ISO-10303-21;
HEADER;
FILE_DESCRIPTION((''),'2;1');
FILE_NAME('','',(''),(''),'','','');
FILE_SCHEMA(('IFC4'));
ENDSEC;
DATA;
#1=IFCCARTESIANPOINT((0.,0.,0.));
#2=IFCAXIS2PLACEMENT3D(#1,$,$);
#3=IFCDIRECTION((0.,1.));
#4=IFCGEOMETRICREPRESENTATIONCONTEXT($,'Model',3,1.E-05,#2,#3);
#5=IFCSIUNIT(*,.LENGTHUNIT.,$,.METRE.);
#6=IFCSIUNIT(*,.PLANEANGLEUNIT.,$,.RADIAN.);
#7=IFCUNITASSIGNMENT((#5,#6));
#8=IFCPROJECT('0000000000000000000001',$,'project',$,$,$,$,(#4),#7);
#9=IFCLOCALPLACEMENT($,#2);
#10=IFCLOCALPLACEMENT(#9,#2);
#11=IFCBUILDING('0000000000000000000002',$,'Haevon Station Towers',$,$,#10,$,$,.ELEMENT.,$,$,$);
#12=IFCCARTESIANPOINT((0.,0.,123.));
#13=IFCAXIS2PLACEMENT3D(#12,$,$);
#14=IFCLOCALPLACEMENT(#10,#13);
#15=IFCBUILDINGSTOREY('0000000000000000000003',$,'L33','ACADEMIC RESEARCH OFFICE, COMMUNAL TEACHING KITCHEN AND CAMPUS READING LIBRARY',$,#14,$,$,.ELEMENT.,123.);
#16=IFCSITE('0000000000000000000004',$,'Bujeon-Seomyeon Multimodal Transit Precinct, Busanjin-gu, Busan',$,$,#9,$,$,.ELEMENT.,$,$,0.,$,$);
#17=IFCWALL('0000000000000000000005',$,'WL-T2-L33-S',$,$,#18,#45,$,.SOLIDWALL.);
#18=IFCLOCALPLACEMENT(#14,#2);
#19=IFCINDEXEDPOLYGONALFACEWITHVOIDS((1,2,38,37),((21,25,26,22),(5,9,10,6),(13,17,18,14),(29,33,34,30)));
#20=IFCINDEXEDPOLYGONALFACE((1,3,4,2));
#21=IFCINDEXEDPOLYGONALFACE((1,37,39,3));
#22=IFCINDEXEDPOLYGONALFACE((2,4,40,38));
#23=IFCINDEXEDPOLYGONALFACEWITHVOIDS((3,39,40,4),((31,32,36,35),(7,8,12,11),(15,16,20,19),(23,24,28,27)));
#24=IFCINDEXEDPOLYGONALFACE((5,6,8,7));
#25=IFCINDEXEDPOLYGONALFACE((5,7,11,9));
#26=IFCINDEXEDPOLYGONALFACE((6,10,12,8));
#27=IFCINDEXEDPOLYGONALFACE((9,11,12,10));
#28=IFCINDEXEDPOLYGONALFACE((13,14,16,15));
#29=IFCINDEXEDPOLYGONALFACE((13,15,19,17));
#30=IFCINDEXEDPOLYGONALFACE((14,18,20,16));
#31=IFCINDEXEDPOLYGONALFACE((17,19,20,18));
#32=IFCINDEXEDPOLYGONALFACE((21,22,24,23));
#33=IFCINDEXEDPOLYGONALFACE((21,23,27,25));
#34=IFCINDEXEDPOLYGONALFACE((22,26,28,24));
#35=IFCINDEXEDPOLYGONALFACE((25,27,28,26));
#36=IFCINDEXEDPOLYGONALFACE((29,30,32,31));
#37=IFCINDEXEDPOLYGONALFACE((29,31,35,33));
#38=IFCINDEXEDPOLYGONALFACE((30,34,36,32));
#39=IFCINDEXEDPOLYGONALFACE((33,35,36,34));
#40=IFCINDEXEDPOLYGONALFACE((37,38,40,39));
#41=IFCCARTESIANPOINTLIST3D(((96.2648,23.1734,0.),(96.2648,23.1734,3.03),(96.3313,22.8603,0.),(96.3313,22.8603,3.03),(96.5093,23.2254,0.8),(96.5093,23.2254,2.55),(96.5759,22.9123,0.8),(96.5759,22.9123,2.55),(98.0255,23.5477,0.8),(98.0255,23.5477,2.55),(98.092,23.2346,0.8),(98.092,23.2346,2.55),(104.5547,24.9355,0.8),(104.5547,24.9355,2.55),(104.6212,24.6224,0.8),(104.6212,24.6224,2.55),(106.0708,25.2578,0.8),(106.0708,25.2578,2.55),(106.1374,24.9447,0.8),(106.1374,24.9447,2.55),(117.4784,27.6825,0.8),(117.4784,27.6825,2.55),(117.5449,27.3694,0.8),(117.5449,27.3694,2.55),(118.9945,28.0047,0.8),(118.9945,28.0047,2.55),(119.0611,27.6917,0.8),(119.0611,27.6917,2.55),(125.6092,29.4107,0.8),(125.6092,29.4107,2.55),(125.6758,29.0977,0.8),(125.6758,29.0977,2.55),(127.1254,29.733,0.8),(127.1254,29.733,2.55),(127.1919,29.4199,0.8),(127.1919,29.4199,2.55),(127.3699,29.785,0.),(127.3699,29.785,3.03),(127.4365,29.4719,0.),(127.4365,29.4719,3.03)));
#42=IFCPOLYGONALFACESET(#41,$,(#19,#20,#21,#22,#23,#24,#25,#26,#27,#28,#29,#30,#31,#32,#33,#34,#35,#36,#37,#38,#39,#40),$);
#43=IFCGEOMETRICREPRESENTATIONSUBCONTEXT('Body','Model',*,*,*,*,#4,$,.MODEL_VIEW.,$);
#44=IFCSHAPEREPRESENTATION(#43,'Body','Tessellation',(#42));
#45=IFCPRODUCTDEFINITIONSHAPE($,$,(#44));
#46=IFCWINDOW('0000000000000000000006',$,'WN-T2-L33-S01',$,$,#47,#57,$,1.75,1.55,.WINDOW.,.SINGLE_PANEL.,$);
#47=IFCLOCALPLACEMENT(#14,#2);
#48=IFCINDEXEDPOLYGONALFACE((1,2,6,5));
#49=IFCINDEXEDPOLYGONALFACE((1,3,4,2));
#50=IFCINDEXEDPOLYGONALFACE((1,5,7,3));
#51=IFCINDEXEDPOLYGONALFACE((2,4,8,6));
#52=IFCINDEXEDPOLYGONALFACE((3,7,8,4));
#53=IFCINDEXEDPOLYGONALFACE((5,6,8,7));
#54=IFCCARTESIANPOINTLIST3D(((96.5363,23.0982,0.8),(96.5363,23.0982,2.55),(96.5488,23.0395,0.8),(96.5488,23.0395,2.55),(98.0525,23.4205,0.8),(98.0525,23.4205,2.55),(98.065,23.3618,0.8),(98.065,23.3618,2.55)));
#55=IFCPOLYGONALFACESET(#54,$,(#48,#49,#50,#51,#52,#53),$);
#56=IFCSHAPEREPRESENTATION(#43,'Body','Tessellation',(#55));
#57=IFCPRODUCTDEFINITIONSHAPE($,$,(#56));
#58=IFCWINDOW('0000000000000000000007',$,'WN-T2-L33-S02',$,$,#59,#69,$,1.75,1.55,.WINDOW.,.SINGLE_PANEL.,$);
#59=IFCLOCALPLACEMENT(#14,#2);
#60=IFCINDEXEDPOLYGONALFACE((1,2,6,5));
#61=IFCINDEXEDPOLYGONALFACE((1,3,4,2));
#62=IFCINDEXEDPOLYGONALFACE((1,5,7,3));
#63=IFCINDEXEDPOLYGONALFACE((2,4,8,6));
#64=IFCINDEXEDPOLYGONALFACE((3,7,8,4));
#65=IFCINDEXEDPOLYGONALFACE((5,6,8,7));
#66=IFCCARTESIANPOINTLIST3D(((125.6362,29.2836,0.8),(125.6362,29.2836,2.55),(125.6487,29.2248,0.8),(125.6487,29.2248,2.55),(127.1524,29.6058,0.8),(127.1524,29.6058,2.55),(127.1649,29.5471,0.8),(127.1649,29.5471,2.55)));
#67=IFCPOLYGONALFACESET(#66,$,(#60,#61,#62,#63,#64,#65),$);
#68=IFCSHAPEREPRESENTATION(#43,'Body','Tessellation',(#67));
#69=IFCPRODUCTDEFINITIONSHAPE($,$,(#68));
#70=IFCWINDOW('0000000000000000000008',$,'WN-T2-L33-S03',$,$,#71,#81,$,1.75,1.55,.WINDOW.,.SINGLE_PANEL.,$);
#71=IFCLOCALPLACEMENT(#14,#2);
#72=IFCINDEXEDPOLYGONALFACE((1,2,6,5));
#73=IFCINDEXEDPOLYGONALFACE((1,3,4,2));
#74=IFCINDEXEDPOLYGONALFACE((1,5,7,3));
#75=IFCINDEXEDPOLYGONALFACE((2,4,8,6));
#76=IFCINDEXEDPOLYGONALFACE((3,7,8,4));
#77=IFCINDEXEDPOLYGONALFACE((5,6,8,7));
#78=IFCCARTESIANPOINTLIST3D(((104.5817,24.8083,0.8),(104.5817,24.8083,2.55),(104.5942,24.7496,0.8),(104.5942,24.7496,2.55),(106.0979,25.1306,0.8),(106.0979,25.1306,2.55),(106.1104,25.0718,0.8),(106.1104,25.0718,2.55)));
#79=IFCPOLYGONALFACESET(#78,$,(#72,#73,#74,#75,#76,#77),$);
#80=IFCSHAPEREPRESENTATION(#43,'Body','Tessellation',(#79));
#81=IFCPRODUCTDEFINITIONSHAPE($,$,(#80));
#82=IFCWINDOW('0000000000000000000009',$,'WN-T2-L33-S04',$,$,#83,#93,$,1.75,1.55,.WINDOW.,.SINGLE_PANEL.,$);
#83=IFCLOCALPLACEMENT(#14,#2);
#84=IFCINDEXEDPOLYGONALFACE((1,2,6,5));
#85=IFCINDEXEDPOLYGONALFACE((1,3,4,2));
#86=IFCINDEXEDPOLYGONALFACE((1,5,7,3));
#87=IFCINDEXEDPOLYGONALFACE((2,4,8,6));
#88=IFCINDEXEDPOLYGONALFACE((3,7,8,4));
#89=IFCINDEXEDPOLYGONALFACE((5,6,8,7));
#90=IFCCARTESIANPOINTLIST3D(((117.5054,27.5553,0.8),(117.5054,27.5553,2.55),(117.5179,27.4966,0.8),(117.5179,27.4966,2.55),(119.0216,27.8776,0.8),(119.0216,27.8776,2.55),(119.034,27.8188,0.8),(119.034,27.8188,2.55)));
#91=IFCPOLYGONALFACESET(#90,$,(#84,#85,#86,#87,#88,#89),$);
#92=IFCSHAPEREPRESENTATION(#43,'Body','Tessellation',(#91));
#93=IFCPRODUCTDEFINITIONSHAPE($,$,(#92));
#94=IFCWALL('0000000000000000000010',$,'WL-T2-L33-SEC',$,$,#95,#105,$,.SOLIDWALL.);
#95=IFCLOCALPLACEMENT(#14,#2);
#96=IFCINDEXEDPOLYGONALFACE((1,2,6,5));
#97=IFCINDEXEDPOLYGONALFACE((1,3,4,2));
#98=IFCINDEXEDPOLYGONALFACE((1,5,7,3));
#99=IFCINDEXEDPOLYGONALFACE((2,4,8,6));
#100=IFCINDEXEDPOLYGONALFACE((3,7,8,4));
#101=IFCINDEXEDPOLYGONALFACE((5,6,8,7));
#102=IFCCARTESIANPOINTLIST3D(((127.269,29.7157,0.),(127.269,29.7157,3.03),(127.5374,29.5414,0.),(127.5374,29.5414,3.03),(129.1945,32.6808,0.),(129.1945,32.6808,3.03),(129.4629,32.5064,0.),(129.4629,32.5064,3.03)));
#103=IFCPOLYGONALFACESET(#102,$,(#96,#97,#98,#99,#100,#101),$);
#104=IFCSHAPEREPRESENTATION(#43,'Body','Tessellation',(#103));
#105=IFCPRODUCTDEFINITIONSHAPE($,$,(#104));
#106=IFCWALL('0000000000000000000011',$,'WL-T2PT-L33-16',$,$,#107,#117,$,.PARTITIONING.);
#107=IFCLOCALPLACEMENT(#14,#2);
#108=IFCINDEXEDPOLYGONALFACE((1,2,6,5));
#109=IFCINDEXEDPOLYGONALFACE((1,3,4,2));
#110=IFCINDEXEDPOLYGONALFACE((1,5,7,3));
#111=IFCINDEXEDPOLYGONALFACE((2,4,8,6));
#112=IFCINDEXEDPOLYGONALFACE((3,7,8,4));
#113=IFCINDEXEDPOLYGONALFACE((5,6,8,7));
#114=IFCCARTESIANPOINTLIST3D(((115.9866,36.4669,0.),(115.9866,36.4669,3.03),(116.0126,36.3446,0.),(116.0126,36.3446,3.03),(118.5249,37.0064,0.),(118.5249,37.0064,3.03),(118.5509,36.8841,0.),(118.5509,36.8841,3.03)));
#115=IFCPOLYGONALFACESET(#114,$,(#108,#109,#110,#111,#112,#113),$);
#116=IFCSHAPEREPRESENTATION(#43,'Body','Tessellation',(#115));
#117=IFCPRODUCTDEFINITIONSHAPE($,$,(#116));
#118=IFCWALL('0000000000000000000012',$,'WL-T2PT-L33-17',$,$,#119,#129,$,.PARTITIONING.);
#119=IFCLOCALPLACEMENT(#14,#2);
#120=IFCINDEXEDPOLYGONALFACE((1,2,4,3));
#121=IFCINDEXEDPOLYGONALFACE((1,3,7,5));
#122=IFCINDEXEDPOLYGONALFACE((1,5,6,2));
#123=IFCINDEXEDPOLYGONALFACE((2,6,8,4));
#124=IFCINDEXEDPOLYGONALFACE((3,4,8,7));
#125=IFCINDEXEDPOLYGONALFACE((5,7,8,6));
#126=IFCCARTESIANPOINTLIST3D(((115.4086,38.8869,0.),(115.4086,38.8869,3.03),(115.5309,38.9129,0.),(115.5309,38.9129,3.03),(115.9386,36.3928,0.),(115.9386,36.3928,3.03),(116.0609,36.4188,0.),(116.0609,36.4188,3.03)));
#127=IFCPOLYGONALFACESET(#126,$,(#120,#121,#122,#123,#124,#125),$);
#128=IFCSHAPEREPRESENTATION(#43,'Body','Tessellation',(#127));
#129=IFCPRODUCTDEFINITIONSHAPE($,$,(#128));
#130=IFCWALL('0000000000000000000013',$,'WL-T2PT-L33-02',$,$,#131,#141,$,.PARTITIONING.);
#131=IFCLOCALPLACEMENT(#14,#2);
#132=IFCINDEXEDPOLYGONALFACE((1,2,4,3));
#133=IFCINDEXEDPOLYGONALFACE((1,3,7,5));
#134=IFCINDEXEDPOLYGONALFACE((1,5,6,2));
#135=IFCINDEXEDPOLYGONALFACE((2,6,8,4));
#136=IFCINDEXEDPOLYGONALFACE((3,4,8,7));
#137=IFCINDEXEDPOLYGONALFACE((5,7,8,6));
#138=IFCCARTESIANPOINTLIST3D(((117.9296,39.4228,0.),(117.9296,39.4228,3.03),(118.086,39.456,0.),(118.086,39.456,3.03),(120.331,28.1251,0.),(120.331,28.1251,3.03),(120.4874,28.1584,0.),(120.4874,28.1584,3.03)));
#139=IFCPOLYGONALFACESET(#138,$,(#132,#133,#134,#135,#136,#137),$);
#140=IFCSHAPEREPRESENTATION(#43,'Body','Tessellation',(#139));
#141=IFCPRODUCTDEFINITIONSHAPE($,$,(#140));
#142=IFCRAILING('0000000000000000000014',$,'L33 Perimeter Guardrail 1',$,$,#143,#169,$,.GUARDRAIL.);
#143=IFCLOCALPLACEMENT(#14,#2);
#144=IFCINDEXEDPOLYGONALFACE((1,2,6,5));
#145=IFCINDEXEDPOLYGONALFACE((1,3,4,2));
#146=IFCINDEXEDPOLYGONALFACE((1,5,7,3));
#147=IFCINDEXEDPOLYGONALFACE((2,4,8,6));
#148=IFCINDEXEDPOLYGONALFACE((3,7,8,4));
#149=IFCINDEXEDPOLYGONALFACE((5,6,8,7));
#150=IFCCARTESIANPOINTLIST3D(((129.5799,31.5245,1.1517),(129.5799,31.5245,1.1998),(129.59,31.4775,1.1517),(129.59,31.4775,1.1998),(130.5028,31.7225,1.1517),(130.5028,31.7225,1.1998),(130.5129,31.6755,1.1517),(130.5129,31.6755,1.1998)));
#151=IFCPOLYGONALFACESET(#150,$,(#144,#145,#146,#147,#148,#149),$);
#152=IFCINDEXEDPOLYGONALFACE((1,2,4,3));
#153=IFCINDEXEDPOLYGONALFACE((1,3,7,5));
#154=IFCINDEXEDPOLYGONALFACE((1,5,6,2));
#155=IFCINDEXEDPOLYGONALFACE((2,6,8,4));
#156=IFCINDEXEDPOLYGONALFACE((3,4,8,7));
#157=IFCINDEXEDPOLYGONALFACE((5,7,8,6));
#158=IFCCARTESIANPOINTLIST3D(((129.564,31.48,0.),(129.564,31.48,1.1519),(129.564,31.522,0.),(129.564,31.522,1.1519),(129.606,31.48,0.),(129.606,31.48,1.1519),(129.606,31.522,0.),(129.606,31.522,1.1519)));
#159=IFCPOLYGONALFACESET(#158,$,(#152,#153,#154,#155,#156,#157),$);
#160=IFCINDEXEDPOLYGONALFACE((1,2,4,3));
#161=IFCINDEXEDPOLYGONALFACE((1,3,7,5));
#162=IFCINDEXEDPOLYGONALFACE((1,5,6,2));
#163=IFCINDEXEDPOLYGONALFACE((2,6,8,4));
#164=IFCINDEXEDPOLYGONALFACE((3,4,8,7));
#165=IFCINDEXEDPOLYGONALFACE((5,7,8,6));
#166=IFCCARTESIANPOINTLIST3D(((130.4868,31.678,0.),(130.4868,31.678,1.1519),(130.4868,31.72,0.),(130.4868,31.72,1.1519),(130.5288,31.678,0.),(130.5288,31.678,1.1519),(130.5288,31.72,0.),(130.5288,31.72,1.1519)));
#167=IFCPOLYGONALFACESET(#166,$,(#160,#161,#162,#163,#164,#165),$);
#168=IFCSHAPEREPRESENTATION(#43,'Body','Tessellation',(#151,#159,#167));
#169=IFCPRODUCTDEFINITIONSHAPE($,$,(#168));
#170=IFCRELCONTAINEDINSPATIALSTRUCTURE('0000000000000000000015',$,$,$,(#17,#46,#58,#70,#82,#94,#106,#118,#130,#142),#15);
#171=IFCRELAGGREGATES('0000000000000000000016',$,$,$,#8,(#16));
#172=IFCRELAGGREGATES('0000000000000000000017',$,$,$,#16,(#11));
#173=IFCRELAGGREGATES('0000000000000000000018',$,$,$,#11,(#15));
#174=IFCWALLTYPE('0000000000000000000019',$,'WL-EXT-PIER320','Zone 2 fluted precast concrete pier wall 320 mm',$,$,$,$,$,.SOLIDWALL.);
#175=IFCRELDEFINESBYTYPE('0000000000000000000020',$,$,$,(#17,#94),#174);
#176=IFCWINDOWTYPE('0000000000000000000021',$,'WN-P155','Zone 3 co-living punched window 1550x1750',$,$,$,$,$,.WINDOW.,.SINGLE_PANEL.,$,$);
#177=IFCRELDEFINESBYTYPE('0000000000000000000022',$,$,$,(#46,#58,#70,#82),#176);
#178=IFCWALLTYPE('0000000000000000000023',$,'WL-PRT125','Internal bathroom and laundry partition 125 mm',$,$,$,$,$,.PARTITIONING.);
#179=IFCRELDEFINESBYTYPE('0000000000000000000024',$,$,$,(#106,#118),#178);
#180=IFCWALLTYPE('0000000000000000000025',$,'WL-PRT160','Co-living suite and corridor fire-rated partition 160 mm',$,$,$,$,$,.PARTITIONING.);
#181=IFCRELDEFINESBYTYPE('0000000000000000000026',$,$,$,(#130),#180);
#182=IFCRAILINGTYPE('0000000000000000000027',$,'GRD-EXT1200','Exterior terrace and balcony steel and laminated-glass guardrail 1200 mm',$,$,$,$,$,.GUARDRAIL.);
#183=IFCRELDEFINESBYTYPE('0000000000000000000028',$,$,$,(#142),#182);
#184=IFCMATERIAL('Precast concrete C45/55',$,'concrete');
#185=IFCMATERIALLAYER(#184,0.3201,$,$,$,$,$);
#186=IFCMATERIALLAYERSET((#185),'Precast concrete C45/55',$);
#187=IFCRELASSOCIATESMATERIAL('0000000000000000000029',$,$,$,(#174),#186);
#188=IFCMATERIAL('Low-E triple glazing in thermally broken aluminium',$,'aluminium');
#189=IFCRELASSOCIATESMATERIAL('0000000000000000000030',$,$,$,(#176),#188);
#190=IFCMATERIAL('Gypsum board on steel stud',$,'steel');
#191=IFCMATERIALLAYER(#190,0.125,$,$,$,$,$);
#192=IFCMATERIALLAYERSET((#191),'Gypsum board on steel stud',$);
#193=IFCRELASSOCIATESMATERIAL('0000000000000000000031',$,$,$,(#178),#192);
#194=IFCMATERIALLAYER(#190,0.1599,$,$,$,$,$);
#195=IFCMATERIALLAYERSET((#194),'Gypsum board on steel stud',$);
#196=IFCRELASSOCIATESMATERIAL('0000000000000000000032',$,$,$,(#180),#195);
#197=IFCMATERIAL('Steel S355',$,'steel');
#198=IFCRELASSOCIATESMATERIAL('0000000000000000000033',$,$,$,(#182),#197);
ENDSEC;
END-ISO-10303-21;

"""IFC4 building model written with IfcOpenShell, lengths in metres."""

from ifc_helpers import new_model, si_unit, direction, frame, frame_2d, origin, origin_2d, place, context, subcontext, project, spatial, rectangle, extrude, material, layer, layer_set, type_object, element, fill, save


model = new_model("IFC4")

# Units and contexts
model_context = context("Model", 3, precision=1e-05, world=origin(), true_north=direction((0.0, 1.0)))
body_context = subcontext(model_context, "Body", "Model", "MODEL_VIEW")
ifc_project = project(units=[si_unit("LENGTHUNIT", "METRE"), si_unit("PLANEANGLEUNIT", "RADIAN")], contexts=[model_context])

# Site, building, storey
site_placement = place(None, origin())
site = spatial("IfcSite", under=ifc_project, at=site_placement, Name="Bujeon-Seomyeon Multimodal Transit Precinct, Busanjin-gu, Busan", CompositionType="ELEMENT", RefElevation=0.0)
building_placement = place(site_placement, origin())
building = spatial("IfcBuilding", under=site, at=building_placement, Name="Haevon Station Towers", CompositionType="ELEMENT")
storey_placement = place(building_placement, frame((0.0, 0.0, 123.0)))
storey = spatial("IfcBuildingStorey", under=building, at=storey_placement, Name="L33", Description="ACADEMIC RESEARCH OFFICE, COMMUNAL TEACHING KITCHEN AND CAMPUS READING LIBRARY", CompositionType="ELEMENT", Elevation=123.0)

# Shared definitions
ifc_material_1 = material(Name="Steel S355", Category="steel")

# Shared definitions
ifc_material_2 = material(Name="Gypsum board on steel stud", Category="steel")

# Wall, openings, windows
ifc_material_3 = material(Name="Precast concrete C45/55", Category="concrete")
ifc_layer_1 = layer(ifc_material_3, 0.3201)
ifc_layer_set_1 = layer_set([ifc_layer_1], Name="Precast concrete C45/55")
wall_type_1 = type_object("IfcWallType", Name="WL-EXT-PIER320", Description="Zone 2 fluted precast concrete pier wall 320 mm", PredefinedType="SOLIDWALL", material=ifc_layer_set_1)
wall_1_placement = place(storey_placement, frame((127.4031, 29.6284, 0.0), z_axis=(0.0, 0.0, 1.0), x_axis=(-0.978148, -0.20791, 0.0)))
wall_1 = element("IfcWall", 1, at=wall_1_placement, inside=storey, type_object=wall_type_1, Name="WL-T2-L33-S", PredefinedType="SOLIDWALL", context=body_context, shape_type="SweptSolid", body=[
    extrude(rectangle(XDim=31.8, YDim=0.3201, at=frame_2d((15.8999, 0.0))), origin(), (0.0, 0.0, 1.0), 3.03),
])
opening_1_placement = place(wall_1_placement, frame((30.0, 0.0, 0.8)))
opening_1 = element("IfcOpeningElement", 2, at=opening_1_placement, cuts=wall_1, PredefinedType="OPENING", context=body_context, shape_type="SweptSolid", body=[
    extrude(rectangle(XDim=1.55, YDim=1.75, at=frame_2d((0.7749, 0.875))), frame((0.0, 0.1699, 0.0), z_axis=(0.0, -1.0, 0.0), x_axis=(1.0, 0.0, 0.0)), (0.0, 0.0, 1.0), 0.3401),
])
opening_2_placement = place(wall_1_placement, frame((0.25, 0.0, 0.8)))
opening_2 = element("IfcOpeningElement", 3, at=opening_2_placement, cuts=wall_1, PredefinedType="OPENING", context=body_context, shape_type="SweptSolid", body=[
    extrude(rectangle(XDim=1.55, YDim=1.75, at=frame_2d((0.7749, 0.875))), frame((0.0, 0.1699, 0.0), z_axis=(0.0, -1.0, 0.0), x_axis=(1.0, 0.0, 0.0)), (0.0, 0.0, 1.0), 0.3401),
])
opening_3_placement = place(wall_1_placement, frame((21.7749, 0.0, 0.8)))
opening_3 = element("IfcOpeningElement", 4, at=opening_3_placement, cuts=wall_1, PredefinedType="OPENING", context=body_context, shape_type="SweptSolid", body=[
    extrude(rectangle(XDim=1.55, YDim=1.75, at=frame_2d((0.7749, 0.875))), frame((0.0, 0.1699, 0.0), z_axis=(0.0, -1.0, 0.0), x_axis=(1.0, 0.0, 0.0)), (0.0, 0.0, 1.0), 0.3401),
])
opening_4_placement = place(wall_1_placement, frame((8.5625, 0.0, 0.8)))
opening_4 = element("IfcOpeningElement", 5, at=opening_4_placement, cuts=wall_1, PredefinedType="OPENING", context=body_context, shape_type="SweptSolid", body=[
    extrude(rectangle(XDim=1.55, YDim=1.75, at=frame_2d((0.7749, 0.875))), frame((0.0, 0.1699, 0.0), z_axis=(0.0, -1.0, 0.0), x_axis=(1.0, 0.0, 0.0)), (0.0, 0.0, 1.0), 0.3401),
])
ifc_material_4 = material(Name="Low-E triple glazing in thermally broken aluminium", Category="aluminium")
window_type = type_object("IfcWindowType", Name="WN-P155", Description="Zone 3 co-living punched window 1550x1750", PartitioningType="SINGLE_PANEL", PredefinedType="WINDOW", material=ifc_material_4)
window_1_placement = place(opening_1_placement, origin())
window_1 = element("IfcWindow", 6, at=window_1_placement, inside=storey, type_object=window_type, Name="WN-T2-L33-S01", OverallHeight=1.75, OverallWidth=1.55, PartitioningType="SINGLE_PANEL", PredefinedType="WINDOW", context=body_context, shape_type="SweptSolid", body=[
    extrude(rectangle(XDim=1.55, YDim=1.75, at=frame_2d((0.7749, 0.875))), frame((0.0, 0.03, 0.0), z_axis=(0.0, -1.0, 0.0), x_axis=(1.0, 0.0, 0.0)), (0.0, 0.0, 1.0), 0.0601),
])
fill(opening_1, window_1)
window_2_placement = place(opening_2_placement, origin())
window_2 = element("IfcWindow", 7, at=window_2_placement, inside=storey, type_object=window_type, Name="WN-T2-L33-S02", OverallHeight=1.75, OverallWidth=1.55, PartitioningType="SINGLE_PANEL", PredefinedType="WINDOW", context=body_context, shape_type="SweptSolid", body=[
    extrude(rectangle(XDim=1.55, YDim=1.75, at=frame_2d((0.7749, 0.875))), frame((0.0, 0.03, 0.0), z_axis=(0.0, -1.0, 0.0), x_axis=(1.0, 0.0, 0.0)), (0.0, 0.0, 1.0), 0.0601),
])
fill(opening_2, window_2)
window_3_placement = place(opening_3_placement, origin())
window_3 = element("IfcWindow", 8, at=window_3_placement, inside=storey, type_object=window_type, Name="WN-T2-L33-S03", OverallHeight=1.75, OverallWidth=1.55, PartitioningType="SINGLE_PANEL", PredefinedType="WINDOW", context=body_context, shape_type="SweptSolid", body=[
    extrude(rectangle(XDim=1.55, YDim=1.75, at=frame_2d((0.7749, 0.875))), frame((0.0, 0.03, 0.0), z_axis=(0.0, -1.0, 0.0), x_axis=(1.0, 0.0, 0.0)), (0.0, 0.0, 1.0), 0.0601),
])
fill(opening_3, window_3)
window_4_placement = place(opening_4_placement, origin())
window_4 = element("IfcWindow", 9, at=window_4_placement, inside=storey, type_object=window_type, Name="WN-T2-L33-S04", OverallHeight=1.75, OverallWidth=1.55, PartitioningType="SINGLE_PANEL", PredefinedType="WINDOW", context=body_context, shape_type="SweptSolid", body=[
    extrude(rectangle(XDim=1.55, YDim=1.75, at=frame_2d((0.7749, 0.875))), frame((0.0, 0.03, 0.0), z_axis=(0.0, -1.0, 0.0), x_axis=(1.0, 0.0, 0.0)), (0.0, 0.0, 1.0), 0.0601),
])
fill(opening_4, window_4)

# Walls
wall_2_placement = place(storey_placement, frame((129.3286, 32.5935, 0.0), z_axis=(0.0, 0.0, 1.0), x_axis=(-0.544636, -0.838672, 0.0)))
element("IfcWall", 10, at=wall_2_placement, inside=storey, type_object=wall_type_1, Name="WL-T2-L33-SEC", PredefinedType="SOLIDWALL", context=body_context, shape_type="SweptSolid", body=[
    extrude(rectangle(XDim=3.5354, YDim=0.3201, at=frame_2d((1.7676, 0.0))), origin(), (0.0, 0.0, 1.0), 3.03),
])
ifc_layer_2 = layer(ifc_material_2, 0.125)
ifc_layer_set_2 = layer_set([ifc_layer_2], Name="Gypsum board on steel stud")
wall_type_2 = type_object("IfcWallType", Name="WL-PRT125", Description="Internal bathroom and laundry partition 125 mm", PredefinedType="PARTITIONING", material=ifc_layer_set_2)
wall_3_placement = place(storey_placement, frame((115.9998, 36.4058, 0.0), z_axis=(0.0, 0.0, 1.0), x_axis=(0.978147, 0.207916, 0.0)))
element("IfcWall", 11, at=wall_3_placement, inside=storey, type_object=wall_type_2, Name="WL-T2PT-L33-16", PredefinedType="PARTITIONING", context=body_context, shape_type="SweptSolid", body=[
    extrude(rectangle(XDim=2.595, YDim=0.125, at=frame_2d((1.2974, 0.0))), origin(), (0.0, 0.0, 1.0), 3.03),
])
wall_4_placement = place(storey_placement, frame((115.9998, 36.4058, 0.0), z_axis=(0.0, 0.0, 1.0), x_axis=(-0.207868, 0.978157, 0.0)))
element("IfcWall", 12, at=wall_4_placement, inside=storey, type_object=wall_type_2, Name="WL-T2PT-L33-17", PredefinedType="PARTITIONING", context=body_context, shape_type="SweptSolid", body=[
    extrude(rectangle(XDim=2.5498, YDim=0.125, at=frame_2d((1.2749, 0.0))), origin(), (0.0, 0.0, 1.0), 3.03),
])
ifc_layer_3 = layer(ifc_material_2, 0.1599)
ifc_layer_set_3 = layer_set([ifc_layer_3], Name="Gypsum board on steel stud")
wall_type_3 = type_object("IfcWallType", Name="WL-PRT160", Description="Co-living suite and corridor fire-rated partition 160 mm", PredefinedType="PARTITIONING", material=ifc_layer_set_3)
wall_5_placement = place(storey_placement, frame((120.4092, 28.1418, 0.0), z_axis=(0.0, 0.0, 1.0), x_axis=(-0.207911, 0.978148, 0.0)))
element("IfcWall", 13, at=wall_5_placement, inside=storey, type_object=wall_type_3, Name="WL-T2PT-L33-02", PredefinedType="PARTITIONING", context=body_context, shape_type="SweptSolid", body=[
    extrude(rectangle(XDim=11.55, YDim=0.1599, at=frame_2d((5.7749, 0.0))), origin(), (0.0, 0.0, 1.0), 3.03),
])

# Railing
railing_type = type_object("IfcRailingType", Name="GRD-EXT1200", Description="Exterior terrace and balcony steel and laminated-glass guardrail 1200 mm", PredefinedType="GUARDRAIL", material=ifc_material_1)
railing_1_placement = place(storey_placement, frame((129.585, 31.501, 0.0)))
element("IfcRailing", 14, at=railing_1_placement, inside=storey, type_object=railing_type, Name="L33 Perimeter Guardrail 1", PredefinedType="GUARDRAIL", context=body_context, shape_type="SweptSolid", body=[
    extrude(rectangle(XDim=0.0481, YDim=0.0481, at=origin_2d()), frame((0.0, 0.0, 1.1758), z_axis=(0.977749, 0.209776, 0.0), x_axis=(-0.209776, 0.977749, 0.0)), (0.0, 0.0, 1.0), 0.9438),
    extrude(rectangle(XDim=0.042, YDim=0.042, at=origin_2d()), origin(), (0.0, 0.0, 1.0), 1.1519),
    extrude(rectangle(XDim=0.042, YDim=0.042, at=origin_2d()), frame((0.9229, 0.198, 0.0)), (0.0, 0.0, 1.0), 1.1519),
])

save(model, "model.ifc")
